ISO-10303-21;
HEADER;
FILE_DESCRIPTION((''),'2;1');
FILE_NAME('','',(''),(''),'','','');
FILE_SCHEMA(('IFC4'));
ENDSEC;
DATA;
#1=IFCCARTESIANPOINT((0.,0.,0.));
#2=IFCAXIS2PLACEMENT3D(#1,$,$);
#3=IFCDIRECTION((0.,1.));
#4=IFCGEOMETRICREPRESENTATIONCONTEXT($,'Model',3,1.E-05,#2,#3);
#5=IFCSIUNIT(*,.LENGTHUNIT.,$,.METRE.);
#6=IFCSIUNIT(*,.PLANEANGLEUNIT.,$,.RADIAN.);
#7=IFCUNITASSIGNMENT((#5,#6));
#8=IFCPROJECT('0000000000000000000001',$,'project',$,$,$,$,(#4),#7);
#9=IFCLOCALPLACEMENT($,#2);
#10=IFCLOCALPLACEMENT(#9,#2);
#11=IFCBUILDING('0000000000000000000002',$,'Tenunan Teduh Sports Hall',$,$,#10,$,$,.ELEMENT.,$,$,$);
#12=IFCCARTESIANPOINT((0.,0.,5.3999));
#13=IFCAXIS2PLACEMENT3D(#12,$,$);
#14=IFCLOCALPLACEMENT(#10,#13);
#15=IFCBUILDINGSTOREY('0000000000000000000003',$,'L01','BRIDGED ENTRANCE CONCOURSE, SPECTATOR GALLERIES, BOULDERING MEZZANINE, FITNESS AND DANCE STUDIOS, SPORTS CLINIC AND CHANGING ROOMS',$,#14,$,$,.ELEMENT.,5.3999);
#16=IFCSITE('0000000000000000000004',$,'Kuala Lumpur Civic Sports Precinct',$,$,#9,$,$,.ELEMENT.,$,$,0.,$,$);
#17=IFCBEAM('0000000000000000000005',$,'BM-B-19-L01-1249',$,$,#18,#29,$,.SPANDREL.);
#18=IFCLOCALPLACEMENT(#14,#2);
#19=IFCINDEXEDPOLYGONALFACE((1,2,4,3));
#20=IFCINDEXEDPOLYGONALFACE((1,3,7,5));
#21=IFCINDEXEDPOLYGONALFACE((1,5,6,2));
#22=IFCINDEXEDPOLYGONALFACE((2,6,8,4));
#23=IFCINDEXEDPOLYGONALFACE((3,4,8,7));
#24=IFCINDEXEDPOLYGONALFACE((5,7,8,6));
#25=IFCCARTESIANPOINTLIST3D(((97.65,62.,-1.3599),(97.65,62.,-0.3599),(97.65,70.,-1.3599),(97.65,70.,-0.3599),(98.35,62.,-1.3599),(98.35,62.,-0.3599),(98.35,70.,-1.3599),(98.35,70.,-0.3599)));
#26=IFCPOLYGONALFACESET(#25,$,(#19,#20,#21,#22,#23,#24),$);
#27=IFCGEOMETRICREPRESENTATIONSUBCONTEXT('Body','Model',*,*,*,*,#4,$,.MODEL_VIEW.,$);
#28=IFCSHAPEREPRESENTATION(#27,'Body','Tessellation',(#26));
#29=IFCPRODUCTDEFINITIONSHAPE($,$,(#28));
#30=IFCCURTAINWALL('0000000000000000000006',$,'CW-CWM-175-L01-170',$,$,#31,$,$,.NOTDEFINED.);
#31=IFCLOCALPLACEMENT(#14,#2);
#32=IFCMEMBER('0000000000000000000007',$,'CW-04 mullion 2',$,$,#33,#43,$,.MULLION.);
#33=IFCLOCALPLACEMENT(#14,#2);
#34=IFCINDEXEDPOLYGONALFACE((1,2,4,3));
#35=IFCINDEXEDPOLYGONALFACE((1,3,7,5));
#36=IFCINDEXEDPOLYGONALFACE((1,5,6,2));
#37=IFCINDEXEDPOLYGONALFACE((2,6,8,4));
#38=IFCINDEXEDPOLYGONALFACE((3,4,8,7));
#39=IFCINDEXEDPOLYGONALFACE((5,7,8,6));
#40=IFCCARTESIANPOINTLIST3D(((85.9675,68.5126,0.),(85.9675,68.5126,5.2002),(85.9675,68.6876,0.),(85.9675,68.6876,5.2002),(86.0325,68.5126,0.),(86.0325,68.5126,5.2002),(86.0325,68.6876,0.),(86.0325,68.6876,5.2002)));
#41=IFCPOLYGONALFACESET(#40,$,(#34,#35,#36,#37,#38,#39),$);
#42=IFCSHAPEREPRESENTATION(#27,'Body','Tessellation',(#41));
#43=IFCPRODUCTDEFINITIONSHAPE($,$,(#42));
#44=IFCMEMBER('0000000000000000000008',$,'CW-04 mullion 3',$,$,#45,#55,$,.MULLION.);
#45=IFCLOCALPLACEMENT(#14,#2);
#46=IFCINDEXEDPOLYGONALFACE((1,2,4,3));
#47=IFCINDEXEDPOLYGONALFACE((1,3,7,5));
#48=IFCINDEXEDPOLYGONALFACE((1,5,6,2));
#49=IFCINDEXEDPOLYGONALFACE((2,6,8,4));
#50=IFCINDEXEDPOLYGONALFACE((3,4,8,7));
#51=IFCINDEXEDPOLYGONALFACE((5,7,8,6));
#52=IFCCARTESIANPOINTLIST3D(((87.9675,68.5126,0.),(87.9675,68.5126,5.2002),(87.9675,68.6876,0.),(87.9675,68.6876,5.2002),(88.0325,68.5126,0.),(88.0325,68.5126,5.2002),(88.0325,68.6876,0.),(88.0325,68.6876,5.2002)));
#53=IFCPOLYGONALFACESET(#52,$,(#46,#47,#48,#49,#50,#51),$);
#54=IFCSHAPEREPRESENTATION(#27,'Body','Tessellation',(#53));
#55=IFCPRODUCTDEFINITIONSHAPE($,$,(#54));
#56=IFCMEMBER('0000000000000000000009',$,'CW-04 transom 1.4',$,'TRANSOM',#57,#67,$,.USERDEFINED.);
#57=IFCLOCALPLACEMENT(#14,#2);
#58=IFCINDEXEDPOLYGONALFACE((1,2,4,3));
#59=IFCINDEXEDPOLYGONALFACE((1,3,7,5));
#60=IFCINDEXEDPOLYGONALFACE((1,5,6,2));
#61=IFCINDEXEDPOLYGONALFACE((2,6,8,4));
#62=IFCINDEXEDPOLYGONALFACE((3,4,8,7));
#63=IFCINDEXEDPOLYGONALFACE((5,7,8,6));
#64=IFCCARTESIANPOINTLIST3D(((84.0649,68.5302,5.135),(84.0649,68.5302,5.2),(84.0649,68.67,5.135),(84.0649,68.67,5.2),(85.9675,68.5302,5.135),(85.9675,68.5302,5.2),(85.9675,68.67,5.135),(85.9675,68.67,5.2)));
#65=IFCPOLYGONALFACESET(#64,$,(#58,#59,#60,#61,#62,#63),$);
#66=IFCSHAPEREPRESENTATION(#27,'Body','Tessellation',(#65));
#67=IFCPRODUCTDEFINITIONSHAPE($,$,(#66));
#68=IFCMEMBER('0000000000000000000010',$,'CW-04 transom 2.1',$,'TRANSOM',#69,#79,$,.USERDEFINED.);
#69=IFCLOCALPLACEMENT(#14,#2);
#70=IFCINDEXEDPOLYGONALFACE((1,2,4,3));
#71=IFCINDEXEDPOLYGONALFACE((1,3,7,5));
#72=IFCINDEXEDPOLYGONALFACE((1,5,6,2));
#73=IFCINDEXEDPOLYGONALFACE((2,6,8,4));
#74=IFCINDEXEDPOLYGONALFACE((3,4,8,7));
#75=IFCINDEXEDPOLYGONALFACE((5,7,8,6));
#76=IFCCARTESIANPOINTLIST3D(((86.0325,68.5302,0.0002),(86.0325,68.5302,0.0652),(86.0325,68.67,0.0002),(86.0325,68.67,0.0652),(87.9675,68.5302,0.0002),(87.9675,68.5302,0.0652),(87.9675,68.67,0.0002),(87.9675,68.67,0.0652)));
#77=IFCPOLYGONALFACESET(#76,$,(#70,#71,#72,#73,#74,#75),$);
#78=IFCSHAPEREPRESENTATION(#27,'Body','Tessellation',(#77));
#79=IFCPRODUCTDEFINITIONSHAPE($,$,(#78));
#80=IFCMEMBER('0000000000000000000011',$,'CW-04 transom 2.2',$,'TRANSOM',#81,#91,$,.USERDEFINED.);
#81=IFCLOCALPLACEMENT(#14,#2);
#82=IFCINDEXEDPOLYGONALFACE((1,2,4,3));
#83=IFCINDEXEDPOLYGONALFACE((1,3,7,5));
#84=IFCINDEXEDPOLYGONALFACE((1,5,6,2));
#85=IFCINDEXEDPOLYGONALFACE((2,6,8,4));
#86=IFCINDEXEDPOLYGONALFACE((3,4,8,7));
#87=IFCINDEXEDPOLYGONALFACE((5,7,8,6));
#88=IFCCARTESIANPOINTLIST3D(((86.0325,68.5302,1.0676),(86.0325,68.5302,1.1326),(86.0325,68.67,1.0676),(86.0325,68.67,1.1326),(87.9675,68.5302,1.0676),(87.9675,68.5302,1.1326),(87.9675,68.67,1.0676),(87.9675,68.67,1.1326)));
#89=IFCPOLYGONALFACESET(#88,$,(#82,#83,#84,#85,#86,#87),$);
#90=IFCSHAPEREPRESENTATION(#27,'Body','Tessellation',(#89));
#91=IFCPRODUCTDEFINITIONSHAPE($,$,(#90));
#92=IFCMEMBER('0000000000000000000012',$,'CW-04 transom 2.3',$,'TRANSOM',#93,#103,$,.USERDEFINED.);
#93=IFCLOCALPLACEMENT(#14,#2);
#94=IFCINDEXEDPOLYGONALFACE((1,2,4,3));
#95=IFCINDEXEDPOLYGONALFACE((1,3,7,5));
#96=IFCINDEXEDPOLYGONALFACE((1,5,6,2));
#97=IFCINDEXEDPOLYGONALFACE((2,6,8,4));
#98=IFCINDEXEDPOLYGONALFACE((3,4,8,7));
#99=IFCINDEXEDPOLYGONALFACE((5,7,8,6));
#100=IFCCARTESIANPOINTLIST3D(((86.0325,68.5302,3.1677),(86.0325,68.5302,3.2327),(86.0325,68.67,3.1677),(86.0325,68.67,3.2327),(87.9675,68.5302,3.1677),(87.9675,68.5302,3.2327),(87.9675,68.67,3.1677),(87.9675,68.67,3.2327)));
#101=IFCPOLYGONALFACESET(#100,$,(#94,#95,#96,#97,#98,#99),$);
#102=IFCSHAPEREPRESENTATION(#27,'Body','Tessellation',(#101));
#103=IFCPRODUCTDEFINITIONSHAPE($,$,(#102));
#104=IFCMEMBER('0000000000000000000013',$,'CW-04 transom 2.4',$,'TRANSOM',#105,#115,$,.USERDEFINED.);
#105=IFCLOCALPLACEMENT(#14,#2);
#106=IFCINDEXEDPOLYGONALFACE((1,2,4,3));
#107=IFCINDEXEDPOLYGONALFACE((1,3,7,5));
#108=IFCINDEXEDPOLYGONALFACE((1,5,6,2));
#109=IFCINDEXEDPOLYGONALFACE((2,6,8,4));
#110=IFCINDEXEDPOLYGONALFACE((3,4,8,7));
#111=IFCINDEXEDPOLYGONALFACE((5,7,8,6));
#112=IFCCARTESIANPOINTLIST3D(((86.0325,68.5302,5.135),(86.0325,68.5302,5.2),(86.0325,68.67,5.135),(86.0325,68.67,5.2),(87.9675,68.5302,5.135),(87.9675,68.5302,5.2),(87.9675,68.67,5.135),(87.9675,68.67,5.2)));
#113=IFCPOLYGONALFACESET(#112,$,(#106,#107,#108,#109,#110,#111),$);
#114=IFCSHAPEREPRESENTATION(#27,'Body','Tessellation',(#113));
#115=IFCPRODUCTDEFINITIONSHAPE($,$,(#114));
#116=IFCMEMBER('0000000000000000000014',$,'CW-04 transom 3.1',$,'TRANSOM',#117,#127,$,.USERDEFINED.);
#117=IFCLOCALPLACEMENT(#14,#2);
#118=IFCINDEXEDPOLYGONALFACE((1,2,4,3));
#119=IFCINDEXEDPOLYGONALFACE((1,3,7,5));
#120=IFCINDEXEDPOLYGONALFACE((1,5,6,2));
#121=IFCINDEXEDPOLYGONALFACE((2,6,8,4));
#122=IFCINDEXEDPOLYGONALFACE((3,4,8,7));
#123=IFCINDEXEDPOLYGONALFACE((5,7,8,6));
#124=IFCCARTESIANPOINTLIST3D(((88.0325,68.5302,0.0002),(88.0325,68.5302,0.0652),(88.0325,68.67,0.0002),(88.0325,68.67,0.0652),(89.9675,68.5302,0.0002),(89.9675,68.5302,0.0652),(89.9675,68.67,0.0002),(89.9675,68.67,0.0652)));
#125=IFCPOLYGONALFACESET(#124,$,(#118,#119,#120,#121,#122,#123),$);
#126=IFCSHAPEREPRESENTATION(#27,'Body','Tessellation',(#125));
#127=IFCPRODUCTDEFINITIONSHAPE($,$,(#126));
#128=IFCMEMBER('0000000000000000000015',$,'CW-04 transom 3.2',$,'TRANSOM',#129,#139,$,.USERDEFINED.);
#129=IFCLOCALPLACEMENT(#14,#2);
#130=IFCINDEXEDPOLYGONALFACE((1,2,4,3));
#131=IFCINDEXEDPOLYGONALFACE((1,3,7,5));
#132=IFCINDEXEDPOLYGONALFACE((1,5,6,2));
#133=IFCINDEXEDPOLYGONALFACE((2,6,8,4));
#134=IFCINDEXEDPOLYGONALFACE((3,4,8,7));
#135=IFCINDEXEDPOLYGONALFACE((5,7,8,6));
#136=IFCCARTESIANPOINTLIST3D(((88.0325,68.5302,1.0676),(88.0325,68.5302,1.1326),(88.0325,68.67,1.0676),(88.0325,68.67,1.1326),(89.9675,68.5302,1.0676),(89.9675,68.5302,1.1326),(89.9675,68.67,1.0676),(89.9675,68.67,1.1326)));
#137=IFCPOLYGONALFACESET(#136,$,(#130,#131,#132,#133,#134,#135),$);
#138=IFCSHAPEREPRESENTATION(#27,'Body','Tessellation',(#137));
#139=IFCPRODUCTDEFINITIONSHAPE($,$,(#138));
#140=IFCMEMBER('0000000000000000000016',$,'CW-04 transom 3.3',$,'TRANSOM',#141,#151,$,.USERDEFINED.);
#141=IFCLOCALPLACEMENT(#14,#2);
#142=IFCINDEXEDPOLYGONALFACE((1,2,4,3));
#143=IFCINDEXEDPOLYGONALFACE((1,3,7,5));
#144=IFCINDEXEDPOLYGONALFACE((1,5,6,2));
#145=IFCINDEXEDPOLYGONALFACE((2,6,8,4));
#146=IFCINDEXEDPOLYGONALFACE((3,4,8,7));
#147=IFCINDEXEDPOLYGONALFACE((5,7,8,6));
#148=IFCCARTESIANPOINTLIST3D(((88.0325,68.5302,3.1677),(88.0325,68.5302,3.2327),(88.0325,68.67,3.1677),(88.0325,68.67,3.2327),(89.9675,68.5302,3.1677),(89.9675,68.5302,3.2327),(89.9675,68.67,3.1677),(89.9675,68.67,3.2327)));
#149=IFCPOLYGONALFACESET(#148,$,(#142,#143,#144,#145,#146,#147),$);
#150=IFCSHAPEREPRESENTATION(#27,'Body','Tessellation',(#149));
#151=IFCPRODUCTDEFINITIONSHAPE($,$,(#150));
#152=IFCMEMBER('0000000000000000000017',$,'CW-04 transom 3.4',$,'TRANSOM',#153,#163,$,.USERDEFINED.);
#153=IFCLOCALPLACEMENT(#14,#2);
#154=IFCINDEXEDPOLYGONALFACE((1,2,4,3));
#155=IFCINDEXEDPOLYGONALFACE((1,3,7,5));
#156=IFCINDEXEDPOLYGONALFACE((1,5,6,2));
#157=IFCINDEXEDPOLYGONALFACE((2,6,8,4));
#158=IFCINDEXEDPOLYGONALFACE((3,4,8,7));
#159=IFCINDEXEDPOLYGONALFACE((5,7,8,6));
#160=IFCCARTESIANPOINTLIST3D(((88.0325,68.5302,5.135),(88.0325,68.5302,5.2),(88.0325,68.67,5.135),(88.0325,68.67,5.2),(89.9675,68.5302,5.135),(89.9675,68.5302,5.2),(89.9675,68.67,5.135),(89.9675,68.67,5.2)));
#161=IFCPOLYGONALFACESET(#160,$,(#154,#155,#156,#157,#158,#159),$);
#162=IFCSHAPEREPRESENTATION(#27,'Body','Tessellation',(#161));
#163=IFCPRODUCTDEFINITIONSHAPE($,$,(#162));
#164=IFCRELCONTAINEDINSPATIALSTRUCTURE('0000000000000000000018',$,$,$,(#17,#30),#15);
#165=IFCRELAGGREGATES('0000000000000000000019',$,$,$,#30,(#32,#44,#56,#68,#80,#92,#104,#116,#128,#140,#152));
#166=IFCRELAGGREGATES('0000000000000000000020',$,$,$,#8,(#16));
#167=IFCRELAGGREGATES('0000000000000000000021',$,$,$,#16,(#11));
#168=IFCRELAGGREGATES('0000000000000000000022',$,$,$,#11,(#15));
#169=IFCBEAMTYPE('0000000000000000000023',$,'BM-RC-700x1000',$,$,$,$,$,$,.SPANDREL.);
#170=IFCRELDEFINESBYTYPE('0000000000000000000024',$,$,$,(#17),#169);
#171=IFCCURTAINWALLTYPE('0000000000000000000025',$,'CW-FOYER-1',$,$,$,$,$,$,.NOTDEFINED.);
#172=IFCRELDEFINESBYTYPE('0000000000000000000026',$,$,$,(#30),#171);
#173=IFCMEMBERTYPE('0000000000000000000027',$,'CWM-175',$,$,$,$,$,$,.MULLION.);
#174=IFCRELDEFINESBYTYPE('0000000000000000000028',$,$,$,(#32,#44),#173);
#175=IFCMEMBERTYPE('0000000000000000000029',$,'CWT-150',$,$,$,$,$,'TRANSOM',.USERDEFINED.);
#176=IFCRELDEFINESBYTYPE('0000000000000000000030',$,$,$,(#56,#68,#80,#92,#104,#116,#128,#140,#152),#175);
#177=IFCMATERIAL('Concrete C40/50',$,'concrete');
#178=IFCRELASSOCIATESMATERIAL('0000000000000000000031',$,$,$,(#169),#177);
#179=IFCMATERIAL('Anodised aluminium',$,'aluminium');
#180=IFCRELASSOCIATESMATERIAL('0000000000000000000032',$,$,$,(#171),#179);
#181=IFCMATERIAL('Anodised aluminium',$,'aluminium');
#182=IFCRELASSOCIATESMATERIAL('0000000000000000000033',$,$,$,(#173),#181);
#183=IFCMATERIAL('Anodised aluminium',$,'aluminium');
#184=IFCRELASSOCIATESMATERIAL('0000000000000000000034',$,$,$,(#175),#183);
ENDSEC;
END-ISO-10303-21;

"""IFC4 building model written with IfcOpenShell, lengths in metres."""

from ifc_helpers import new_model, si_unit, direction, frame, origin, origin_2d, place, context, subcontext, project, spatial, rectangle, extrude, material, material_profile, profile_set, type_object, element, aggregate, save


model = new_model("IFC4")

# Units and contexts
model_context = context("Model", 3, precision=1e-05, world=origin(), true_north=direction((0.0, 1.0)))
body_context = subcontext(model_context, "Body", "Model", "MODEL_VIEW")
ifc_project = project(units=[si_unit("LENGTHUNIT", "METRE"), si_unit("PLANEANGLEUNIT", "RADIAN")], contexts=[model_context])

# Site, building, storey
site_placement = place(None, origin())
site = spatial("IfcSite", under=ifc_project, at=site_placement, Name="Kuala Lumpur Civic Sports Precinct", CompositionType="ELEMENT", RefElevation=0.0)
building_placement = place(site_placement, origin())
building = spatial("IfcBuilding", under=site, at=building_placement, Name="Tenunan Teduh Sports Hall", CompositionType="ELEMENT")
storey_placement = place(building_placement, frame((0.0, 0.0, 5.3999)))
storey = spatial("IfcBuildingStorey", under=building, at=storey_placement, Name="L01", Description="BRIDGED ENTRANCE CONCOURSE, SPECTATOR GALLERIES, BOULDERING MEZZANINE, FITNESS AND DANCE STUDIOS, SPORTS CLINIC AND CHANGING ROOMS", CompositionType="ELEMENT", Elevation=5.3999)

# Beam
ifc_material_1 = material(Name="Concrete C40/50", Category="concrete")
ifc_material_profile_1 = material_profile(ifc_material_1, rectangle(XDim=0.7, YDim=1.0, at=origin_2d()), Name="RCB 700x1000")
ifc_profile_set_1 = profile_set([ifc_material_profile_1], Name="Concrete C40/50")
beam_type_1 = type_object("IfcBeamType", Name="BM-RC-700x1000", PredefinedType="SPANDREL", material=ifc_profile_set_1)
beam_1_placement = place(storey_placement, frame((98.0, 62.0, -0.8599), z_axis=(0.0, 1.0, 0.0), x_axis=(-1.0, 0.0, 0.0)))
element("IfcBeam", 1, at=beam_1_placement, inside=storey, type_object=beam_type_1, Name="BM-B-19-L01-1249", PredefinedType="SPANDREL", context=body_context, shape_type="SweptSolid", body=[
    extrude(rectangle(XDim=0.7, YDim=1.0, at=origin_2d()), origin(), (0.0, 0.0, 1.0), 8.0),
])

# Curtain wall, members
ifc_material_2 = material(Name="Anodised aluminium", Category="aluminium")
curtain_wall_type = type_object("IfcCurtainWallType", Name="CW-FOYER-1", PredefinedType="NOTDEFINED", material=ifc_material_2)
curtain_wall_placement = place(storey_placement, origin())
curtain_wall = element("IfcCurtainWall", 2, at=curtain_wall_placement, inside=storey, type_object=curtain_wall_type, Name="CW-CWM-175-L01-170", PredefinedType="NOTDEFINED")
ifc_material_3 = material(Name="Anodised aluminium", Category="aluminium")
ifc_material_profile_2 = material_profile(ifc_material_3, rectangle(XDim=0.0649, YDim=0.175, at=origin_2d()), Name="CWM 65x175")
ifc_profile_set_2 = profile_set([ifc_material_profile_2], Name="Anodised aluminium")
member_type_1 = type_object("IfcMemberType", Name="CWM-175", PredefinedType="MULLION", material=ifc_profile_set_2)
member_1_placement = place(storey_placement, frame((86.0, 68.6001, 0.0), z_axis=(0.0, 0.0, 1.0), x_axis=(1.0, 0.0, 0.0)))
member_1 = element("IfcMember", 3, at=member_1_placement, type_object=member_type_1, Name="CW-04 mullion 2", PredefinedType="MULLION", context=body_context, shape_type="SweptSolid", body=[
    extrude(rectangle(XDim=0.0649, YDim=0.175, at=origin_2d()), origin(), (0.0, 0.0, 1.0), 5.2002),
])
member_2_placement = place(storey_placement, frame((88.0, 68.6001, 0.0), z_axis=(0.0, 0.0, 1.0), x_axis=(1.0, 0.0, 0.0)))
member_2 = element("IfcMember", 4, at=member_2_placement, type_object=member_type_1, Name="CW-04 mullion 3", PredefinedType="MULLION", context=body_context, shape_type="SweptSolid", body=[
    extrude(rectangle(XDim=0.0649, YDim=0.175, at=origin_2d()), origin(), (0.0, 0.0, 1.0), 5.2002),
])
ifc_material_4 = material(Name="Anodised aluminium", Category="aluminium")
ifc_material_profile_3 = material_profile(ifc_material_4, rectangle(XDim=0.0649, YDim=0.1399, at=origin_2d()), Name="CWT 65x140")
ifc_profile_set_3 = profile_set([ifc_material_profile_3], Name="Anodised aluminium")
member_type_2 = type_object("IfcMemberType", Name="CWT-150", ElementType="TRANSOM", PredefinedType="USERDEFINED", material=ifc_profile_set_3)
member_3_placement = place(storey_placement, frame((84.0649, 68.6001, 5.1675), z_axis=(1.0, 0.0, 0.0), x_axis=(0.0, 0.0, 1.0)))
member_3 = element("IfcMember", 5, at=member_3_placement, type_object=member_type_2, Name="CW-04 transom 1.4", ObjectType="TRANSOM", PredefinedType="USERDEFINED", context=body_context, shape_type="SweptSolid", body=[
    extrude(rectangle(XDim=0.0649, YDim=0.1399, at=origin_2d()), origin(), (0.0, 0.0, 1.0), 1.9026),
])
member_4_placement = place(storey_placement, frame((86.0325, 68.6001, 0.0327), z_axis=(1.0, 0.0, 0.0), x_axis=(0.0, 0.0, 1.0)))
member_4 = element("IfcMember", 6, at=member_4_placement, type_object=member_type_2, Name="CW-04 transom 2.1", ObjectType="TRANSOM", PredefinedType="USERDEFINED", context=body_context, shape_type="SweptSolid", body=[
    extrude(rectangle(XDim=0.0649, YDim=0.1399, at=origin_2d()), origin(), (0.0, 0.0, 1.0), 1.9351),
])
member_5_placement = place(storey_placement, frame((86.0325, 68.6001, 1.1001), z_axis=(1.0, 0.0, 0.0), x_axis=(0.0, 0.0, 1.0)))
member_5 = element("IfcMember", 7, at=member_5_placement, type_object=member_type_2, Name="CW-04 transom 2.2", ObjectType="TRANSOM", PredefinedType="USERDEFINED", context=body_context, shape_type="SweptSolid", body=[
    extrude(rectangle(XDim=0.0649, YDim=0.1399, at=origin_2d()), origin(), (0.0, 0.0, 1.0), 1.9351),
])
member_6_placement = place(storey_placement, frame((86.0325, 68.6001, 3.2002), z_axis=(1.0, 0.0, 0.0), x_axis=(0.0, 0.0, 1.0)))
member_6 = element("IfcMember", 8, at=member_6_placement, type_object=member_type_2, Name="CW-04 transom 2.3", ObjectType="TRANSOM", PredefinedType="USERDEFINED", context=body_context, shape_type="SweptSolid", body=[
    extrude(rectangle(XDim=0.0649, YDim=0.1399, at=origin_2d()), origin(), (0.0, 0.0, 1.0), 1.9351),
])
member_7_placement = place(storey_placement, frame((86.0325, 68.6001, 5.1675), z_axis=(1.0, 0.0, 0.0), x_axis=(0.0, 0.0, 1.0)))
member_7 = element("IfcMember", 9, at=member_7_placement, type_object=member_type_2, Name="CW-04 transom 2.4", ObjectType="TRANSOM", PredefinedType="USERDEFINED", context=body_context, shape_type="SweptSolid", body=[
    extrude(rectangle(XDim=0.0649, YDim=0.1399, at=origin_2d()), origin(), (0.0, 0.0, 1.0), 1.9351),
])
member_8_placement = place(storey_placement, frame((88.0325, 68.6001, 0.0327), z_axis=(1.0, 0.0, 0.0), x_axis=(0.0, 0.0, 1.0)))
member_8 = element("IfcMember", 10, at=member_8_placement, type_object=member_type_2, Name="CW-04 transom 3.1", ObjectType="TRANSOM", PredefinedType="USERDEFINED", context=body_context, shape_type="SweptSolid", body=[
    extrude(rectangle(XDim=0.0649, YDim=0.1399, at=origin_2d()), origin(), (0.0, 0.0, 1.0), 1.9351),
])
member_9_placement = place(storey_placement, frame((88.0325, 68.6001, 1.1001), z_axis=(1.0, 0.0, 0.0), x_axis=(0.0, 0.0, 1.0)))
member_9 = element("IfcMember", 11, at=member_9_placement, type_object=member_type_2, Name="CW-04 transom 3.2", ObjectType="TRANSOM", PredefinedType="USERDEFINED", context=body_context, shape_type="SweptSolid", body=[
    extrude(rectangle(XDim=0.0649, YDim=0.1399, at=origin_2d()), origin(), (0.0, 0.0, 1.0), 1.9351),
])
member_10_placement = place(storey_placement, frame((88.0325, 68.6001, 3.2002), z_axis=(1.0, 0.0, 0.0), x_axis=(0.0, 0.0, 1.0)))
member_10 = element("IfcMember", 12, at=member_10_placement, type_object=member_type_2, Name="CW-04 transom 3.3", ObjectType="TRANSOM", PredefinedType="USERDEFINED", context=body_context, shape_type="SweptSolid", body=[
    extrude(rectangle(XDim=0.0649, YDim=0.1399, at=origin_2d()), origin(), (0.0, 0.0, 1.0), 1.9351),
])
member_11_placement = place(storey_placement, frame((88.0325, 68.6001, 5.1675), z_axis=(1.0, 0.0, 0.0), x_axis=(0.0, 0.0, 1.0)))
member_11 = element("IfcMember", 13, at=member_11_placement, type_object=member_type_2, Name="CW-04 transom 3.4", ObjectType="TRANSOM", PredefinedType="USERDEFINED", context=body_context, shape_type="SweptSolid", body=[
    extrude(rectangle(XDim=0.0649, YDim=0.1399, at=origin_2d()), origin(), (0.0, 0.0, 1.0), 1.9351),
])

aggregate(curtain_wall, [member_1, member_2, member_3, member_4, member_5, member_6, member_7, member_8, member_9, member_10, member_11])

save(model, "model.ifc")
